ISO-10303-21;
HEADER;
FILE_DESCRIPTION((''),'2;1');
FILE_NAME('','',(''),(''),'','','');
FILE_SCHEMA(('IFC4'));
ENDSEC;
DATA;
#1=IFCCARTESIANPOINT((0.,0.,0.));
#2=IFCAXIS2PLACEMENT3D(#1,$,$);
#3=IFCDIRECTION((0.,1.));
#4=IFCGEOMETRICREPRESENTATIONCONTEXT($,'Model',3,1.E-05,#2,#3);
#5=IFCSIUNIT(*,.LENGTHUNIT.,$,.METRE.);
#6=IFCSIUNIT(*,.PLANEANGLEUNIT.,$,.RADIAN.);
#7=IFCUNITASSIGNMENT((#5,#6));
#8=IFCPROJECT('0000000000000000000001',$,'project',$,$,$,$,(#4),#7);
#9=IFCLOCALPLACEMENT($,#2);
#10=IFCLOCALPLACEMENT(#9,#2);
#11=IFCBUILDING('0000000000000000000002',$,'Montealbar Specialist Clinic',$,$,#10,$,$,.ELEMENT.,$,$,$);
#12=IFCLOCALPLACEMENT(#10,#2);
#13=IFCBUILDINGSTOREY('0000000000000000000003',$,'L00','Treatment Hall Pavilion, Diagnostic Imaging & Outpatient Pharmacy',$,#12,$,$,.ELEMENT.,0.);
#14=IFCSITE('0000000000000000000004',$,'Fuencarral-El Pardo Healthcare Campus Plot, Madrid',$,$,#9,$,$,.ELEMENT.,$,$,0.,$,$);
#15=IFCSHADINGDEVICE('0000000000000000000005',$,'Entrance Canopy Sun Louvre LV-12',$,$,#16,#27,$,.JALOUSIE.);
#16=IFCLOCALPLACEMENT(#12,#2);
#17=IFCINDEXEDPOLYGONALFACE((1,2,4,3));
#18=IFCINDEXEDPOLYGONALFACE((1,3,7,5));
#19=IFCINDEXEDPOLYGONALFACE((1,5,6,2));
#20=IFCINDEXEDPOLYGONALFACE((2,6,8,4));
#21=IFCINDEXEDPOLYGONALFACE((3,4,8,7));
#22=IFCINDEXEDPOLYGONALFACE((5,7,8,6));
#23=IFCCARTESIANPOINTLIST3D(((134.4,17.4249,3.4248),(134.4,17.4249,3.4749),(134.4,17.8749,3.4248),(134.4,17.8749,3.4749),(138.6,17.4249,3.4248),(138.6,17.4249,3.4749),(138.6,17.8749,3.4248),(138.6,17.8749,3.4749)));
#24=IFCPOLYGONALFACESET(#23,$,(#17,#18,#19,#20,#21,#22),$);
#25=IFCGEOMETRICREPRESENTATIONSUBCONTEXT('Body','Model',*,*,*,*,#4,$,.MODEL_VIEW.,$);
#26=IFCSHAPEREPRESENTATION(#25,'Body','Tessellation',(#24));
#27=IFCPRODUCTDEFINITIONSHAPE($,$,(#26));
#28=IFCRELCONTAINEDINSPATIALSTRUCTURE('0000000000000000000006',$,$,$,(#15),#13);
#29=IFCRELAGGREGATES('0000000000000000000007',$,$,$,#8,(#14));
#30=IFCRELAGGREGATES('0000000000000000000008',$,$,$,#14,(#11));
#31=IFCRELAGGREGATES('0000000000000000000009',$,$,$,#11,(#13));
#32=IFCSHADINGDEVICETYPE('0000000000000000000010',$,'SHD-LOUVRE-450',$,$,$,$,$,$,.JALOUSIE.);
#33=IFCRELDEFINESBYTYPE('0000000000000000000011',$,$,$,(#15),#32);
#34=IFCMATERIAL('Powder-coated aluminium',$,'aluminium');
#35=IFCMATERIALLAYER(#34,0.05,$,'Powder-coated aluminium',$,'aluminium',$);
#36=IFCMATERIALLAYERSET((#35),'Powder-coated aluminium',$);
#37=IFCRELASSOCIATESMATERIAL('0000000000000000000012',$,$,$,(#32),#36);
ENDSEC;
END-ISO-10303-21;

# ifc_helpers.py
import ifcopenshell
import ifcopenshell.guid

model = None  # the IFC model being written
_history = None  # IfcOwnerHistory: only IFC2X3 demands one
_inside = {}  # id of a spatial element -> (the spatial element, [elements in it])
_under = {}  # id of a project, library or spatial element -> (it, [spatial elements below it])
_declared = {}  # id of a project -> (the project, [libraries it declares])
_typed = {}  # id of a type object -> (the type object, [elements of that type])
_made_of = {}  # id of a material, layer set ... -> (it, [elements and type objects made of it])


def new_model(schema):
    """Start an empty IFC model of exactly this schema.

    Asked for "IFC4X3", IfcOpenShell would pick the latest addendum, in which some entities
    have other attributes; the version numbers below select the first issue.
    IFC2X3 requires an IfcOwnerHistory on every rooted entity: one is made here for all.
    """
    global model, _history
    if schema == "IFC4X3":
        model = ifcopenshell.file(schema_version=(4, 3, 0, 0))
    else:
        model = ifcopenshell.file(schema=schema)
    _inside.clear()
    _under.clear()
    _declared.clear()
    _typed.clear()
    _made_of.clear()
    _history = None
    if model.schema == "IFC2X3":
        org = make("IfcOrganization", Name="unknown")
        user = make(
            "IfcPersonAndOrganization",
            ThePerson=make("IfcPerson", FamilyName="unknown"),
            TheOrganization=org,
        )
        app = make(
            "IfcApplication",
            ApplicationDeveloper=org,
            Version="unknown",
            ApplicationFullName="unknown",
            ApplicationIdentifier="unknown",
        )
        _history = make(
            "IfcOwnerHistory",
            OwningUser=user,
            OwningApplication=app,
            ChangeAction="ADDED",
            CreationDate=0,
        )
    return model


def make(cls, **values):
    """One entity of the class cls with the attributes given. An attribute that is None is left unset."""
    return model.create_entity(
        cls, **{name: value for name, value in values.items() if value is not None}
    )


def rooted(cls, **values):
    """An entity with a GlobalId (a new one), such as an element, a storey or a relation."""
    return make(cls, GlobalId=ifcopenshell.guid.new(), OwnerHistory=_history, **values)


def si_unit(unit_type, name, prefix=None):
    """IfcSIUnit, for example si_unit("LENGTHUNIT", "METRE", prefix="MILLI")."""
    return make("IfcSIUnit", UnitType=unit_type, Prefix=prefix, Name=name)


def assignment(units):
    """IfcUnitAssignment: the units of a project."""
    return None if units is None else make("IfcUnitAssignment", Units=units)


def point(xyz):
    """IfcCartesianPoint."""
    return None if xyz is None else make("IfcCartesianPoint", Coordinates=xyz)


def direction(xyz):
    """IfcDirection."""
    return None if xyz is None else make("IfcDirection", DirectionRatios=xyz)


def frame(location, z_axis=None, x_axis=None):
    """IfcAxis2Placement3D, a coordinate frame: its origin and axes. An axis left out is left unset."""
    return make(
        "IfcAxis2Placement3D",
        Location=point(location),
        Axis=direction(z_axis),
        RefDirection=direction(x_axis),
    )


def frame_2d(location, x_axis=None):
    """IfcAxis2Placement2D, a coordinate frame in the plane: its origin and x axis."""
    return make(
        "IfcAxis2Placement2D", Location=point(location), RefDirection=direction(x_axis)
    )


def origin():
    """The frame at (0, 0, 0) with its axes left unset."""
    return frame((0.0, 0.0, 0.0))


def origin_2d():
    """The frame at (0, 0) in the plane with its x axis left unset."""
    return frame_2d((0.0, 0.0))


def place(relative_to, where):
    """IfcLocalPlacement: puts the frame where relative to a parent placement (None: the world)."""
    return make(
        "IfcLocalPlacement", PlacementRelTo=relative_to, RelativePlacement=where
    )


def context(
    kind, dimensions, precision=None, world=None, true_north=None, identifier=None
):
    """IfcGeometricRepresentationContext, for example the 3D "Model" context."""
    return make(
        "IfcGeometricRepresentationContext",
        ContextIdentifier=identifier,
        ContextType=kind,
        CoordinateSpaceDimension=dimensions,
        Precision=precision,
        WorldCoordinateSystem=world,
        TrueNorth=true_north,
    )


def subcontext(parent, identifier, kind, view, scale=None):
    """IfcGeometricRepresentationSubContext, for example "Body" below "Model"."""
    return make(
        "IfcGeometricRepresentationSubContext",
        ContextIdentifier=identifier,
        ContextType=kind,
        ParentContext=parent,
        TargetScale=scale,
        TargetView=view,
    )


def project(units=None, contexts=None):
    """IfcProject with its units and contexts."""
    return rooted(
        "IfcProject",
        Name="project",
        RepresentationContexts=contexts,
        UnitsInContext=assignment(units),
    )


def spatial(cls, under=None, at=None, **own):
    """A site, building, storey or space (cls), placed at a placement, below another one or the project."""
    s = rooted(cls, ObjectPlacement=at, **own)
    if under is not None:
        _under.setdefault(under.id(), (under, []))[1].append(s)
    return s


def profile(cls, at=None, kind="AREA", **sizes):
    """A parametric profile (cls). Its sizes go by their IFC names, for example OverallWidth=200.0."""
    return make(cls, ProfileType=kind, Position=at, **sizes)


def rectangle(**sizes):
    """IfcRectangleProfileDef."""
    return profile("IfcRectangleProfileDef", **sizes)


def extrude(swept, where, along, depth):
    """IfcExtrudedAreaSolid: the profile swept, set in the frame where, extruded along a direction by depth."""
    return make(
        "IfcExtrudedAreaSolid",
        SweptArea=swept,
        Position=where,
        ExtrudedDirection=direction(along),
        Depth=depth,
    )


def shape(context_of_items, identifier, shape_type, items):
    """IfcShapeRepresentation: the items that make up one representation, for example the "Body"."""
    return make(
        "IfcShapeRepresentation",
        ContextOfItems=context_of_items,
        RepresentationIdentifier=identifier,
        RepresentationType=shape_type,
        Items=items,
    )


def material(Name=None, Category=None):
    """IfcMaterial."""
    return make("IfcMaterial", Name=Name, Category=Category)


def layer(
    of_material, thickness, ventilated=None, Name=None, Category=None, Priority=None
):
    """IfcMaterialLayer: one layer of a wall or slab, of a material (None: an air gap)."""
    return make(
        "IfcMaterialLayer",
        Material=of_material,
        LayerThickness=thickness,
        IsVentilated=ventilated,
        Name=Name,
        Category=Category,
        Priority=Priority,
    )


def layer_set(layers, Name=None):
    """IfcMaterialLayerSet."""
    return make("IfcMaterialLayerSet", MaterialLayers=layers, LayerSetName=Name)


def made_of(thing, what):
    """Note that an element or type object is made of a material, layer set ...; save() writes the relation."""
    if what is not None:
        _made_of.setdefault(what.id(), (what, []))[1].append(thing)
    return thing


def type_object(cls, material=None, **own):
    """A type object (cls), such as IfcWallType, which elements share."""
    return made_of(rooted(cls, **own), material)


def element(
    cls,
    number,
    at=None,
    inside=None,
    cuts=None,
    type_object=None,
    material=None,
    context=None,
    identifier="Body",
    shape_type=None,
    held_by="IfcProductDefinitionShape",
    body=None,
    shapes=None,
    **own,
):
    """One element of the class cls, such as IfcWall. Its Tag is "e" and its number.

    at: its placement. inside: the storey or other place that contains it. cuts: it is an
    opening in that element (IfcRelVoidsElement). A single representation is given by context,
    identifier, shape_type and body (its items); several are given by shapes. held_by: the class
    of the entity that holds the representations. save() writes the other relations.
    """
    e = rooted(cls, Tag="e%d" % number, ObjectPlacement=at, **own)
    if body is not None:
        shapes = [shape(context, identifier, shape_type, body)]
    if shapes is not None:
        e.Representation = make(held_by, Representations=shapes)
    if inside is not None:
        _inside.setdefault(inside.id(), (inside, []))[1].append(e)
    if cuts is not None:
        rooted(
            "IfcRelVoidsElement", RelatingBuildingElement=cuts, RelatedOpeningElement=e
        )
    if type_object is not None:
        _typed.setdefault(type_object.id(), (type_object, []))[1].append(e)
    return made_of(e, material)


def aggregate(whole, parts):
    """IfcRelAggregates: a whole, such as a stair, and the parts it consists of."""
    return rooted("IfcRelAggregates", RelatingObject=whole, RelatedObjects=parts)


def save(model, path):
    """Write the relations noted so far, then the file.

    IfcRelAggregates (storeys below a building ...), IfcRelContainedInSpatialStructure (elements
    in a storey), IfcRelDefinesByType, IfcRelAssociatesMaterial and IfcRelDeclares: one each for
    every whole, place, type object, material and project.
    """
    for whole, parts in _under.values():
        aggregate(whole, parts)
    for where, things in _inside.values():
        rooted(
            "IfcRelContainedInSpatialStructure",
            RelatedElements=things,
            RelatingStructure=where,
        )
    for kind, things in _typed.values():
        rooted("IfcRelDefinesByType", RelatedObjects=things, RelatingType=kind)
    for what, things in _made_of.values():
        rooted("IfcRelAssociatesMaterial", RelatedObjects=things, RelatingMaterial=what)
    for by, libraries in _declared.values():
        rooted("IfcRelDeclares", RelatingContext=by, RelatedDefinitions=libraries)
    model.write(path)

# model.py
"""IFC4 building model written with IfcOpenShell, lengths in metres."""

from ifc_helpers import new_model, si_unit, direction, frame, origin, origin_2d, place, context, subcontext, project, spatial, rectangle, extrude, material, layer, layer_set, type_object, element, save


model = new_model("IFC4")

# Units and contexts
model_context = context("Model", 3, precision=1e-05, world=origin(), true_north=direction((0.0, 1.0)))
body_context = subcontext(model_context, "Body", "Model", "MODEL_VIEW")
ifc_project = project(units=[si_unit("LENGTHUNIT", "METRE"), si_unit("PLANEANGLEUNIT", "RADIAN")], contexts=[model_context])

# Site, building, storey
site_placement = place(None, origin())
site = spatial("IfcSite", under=ifc_project, at=site_placement, Name="Fuencarral-El Pardo Healthcare Campus Plot, Madrid", CompositionType="ELEMENT", RefElevation=0.0)
building_placement = place(site_placement, origin())
building = spatial("IfcBuilding", under=site, at=building_placement, Name="Montealbar Specialist Clinic", CompositionType="ELEMENT")
storey_placement = place(building_placement, origin())
storey = spatial("IfcBuildingStorey", under=building, at=storey_placement, Name="L00", Description="Treatment Hall Pavilion, Diagnostic Imaging & Outpatient Pharmacy", CompositionType="ELEMENT", Elevation=0.0)

# Shared definitions
ifc_material_1 = material(Name="Powder-coated aluminium", Category="aluminium")

# Shading device
ifc_layer_1 = layer(ifc_material_1, 0.05, Name="Powder-coated aluminium", Category="aluminium")
ifc_layer_set_1 = layer_set([ifc_layer_1], Name="Powder-coated aluminium")
shading_device_type = type_object("IfcShadingDeviceType", Name="SHD-LOUVRE-450", PredefinedType="JALOUSIE", material=ifc_layer_set_1)
for number, where, z_axis, x_axis, name in (
    (1, (136.5, 17.6499, 3.4248), (0.0, 0.0, 1.0), (-1.0, 0.0, 0.0), "Entrance Canopy Sun Louvre LV-12"),
):
    element("IfcShadingDevice", number, at=place(storey_placement, frame(where, z_axis=z_axis, x_axis=x_axis)), inside=storey, type_object=shading_device_type, Name=name, PredefinedType="JALOUSIE", context=body_context, shape_type="SweptSolid", body=[
        extrude(rectangle(XDim=4.2, YDim=0.45, at=origin_2d()), origin(), (0.0, 0.0, 1.0), 0.05),
    ])

save(model, "model.ifc")
